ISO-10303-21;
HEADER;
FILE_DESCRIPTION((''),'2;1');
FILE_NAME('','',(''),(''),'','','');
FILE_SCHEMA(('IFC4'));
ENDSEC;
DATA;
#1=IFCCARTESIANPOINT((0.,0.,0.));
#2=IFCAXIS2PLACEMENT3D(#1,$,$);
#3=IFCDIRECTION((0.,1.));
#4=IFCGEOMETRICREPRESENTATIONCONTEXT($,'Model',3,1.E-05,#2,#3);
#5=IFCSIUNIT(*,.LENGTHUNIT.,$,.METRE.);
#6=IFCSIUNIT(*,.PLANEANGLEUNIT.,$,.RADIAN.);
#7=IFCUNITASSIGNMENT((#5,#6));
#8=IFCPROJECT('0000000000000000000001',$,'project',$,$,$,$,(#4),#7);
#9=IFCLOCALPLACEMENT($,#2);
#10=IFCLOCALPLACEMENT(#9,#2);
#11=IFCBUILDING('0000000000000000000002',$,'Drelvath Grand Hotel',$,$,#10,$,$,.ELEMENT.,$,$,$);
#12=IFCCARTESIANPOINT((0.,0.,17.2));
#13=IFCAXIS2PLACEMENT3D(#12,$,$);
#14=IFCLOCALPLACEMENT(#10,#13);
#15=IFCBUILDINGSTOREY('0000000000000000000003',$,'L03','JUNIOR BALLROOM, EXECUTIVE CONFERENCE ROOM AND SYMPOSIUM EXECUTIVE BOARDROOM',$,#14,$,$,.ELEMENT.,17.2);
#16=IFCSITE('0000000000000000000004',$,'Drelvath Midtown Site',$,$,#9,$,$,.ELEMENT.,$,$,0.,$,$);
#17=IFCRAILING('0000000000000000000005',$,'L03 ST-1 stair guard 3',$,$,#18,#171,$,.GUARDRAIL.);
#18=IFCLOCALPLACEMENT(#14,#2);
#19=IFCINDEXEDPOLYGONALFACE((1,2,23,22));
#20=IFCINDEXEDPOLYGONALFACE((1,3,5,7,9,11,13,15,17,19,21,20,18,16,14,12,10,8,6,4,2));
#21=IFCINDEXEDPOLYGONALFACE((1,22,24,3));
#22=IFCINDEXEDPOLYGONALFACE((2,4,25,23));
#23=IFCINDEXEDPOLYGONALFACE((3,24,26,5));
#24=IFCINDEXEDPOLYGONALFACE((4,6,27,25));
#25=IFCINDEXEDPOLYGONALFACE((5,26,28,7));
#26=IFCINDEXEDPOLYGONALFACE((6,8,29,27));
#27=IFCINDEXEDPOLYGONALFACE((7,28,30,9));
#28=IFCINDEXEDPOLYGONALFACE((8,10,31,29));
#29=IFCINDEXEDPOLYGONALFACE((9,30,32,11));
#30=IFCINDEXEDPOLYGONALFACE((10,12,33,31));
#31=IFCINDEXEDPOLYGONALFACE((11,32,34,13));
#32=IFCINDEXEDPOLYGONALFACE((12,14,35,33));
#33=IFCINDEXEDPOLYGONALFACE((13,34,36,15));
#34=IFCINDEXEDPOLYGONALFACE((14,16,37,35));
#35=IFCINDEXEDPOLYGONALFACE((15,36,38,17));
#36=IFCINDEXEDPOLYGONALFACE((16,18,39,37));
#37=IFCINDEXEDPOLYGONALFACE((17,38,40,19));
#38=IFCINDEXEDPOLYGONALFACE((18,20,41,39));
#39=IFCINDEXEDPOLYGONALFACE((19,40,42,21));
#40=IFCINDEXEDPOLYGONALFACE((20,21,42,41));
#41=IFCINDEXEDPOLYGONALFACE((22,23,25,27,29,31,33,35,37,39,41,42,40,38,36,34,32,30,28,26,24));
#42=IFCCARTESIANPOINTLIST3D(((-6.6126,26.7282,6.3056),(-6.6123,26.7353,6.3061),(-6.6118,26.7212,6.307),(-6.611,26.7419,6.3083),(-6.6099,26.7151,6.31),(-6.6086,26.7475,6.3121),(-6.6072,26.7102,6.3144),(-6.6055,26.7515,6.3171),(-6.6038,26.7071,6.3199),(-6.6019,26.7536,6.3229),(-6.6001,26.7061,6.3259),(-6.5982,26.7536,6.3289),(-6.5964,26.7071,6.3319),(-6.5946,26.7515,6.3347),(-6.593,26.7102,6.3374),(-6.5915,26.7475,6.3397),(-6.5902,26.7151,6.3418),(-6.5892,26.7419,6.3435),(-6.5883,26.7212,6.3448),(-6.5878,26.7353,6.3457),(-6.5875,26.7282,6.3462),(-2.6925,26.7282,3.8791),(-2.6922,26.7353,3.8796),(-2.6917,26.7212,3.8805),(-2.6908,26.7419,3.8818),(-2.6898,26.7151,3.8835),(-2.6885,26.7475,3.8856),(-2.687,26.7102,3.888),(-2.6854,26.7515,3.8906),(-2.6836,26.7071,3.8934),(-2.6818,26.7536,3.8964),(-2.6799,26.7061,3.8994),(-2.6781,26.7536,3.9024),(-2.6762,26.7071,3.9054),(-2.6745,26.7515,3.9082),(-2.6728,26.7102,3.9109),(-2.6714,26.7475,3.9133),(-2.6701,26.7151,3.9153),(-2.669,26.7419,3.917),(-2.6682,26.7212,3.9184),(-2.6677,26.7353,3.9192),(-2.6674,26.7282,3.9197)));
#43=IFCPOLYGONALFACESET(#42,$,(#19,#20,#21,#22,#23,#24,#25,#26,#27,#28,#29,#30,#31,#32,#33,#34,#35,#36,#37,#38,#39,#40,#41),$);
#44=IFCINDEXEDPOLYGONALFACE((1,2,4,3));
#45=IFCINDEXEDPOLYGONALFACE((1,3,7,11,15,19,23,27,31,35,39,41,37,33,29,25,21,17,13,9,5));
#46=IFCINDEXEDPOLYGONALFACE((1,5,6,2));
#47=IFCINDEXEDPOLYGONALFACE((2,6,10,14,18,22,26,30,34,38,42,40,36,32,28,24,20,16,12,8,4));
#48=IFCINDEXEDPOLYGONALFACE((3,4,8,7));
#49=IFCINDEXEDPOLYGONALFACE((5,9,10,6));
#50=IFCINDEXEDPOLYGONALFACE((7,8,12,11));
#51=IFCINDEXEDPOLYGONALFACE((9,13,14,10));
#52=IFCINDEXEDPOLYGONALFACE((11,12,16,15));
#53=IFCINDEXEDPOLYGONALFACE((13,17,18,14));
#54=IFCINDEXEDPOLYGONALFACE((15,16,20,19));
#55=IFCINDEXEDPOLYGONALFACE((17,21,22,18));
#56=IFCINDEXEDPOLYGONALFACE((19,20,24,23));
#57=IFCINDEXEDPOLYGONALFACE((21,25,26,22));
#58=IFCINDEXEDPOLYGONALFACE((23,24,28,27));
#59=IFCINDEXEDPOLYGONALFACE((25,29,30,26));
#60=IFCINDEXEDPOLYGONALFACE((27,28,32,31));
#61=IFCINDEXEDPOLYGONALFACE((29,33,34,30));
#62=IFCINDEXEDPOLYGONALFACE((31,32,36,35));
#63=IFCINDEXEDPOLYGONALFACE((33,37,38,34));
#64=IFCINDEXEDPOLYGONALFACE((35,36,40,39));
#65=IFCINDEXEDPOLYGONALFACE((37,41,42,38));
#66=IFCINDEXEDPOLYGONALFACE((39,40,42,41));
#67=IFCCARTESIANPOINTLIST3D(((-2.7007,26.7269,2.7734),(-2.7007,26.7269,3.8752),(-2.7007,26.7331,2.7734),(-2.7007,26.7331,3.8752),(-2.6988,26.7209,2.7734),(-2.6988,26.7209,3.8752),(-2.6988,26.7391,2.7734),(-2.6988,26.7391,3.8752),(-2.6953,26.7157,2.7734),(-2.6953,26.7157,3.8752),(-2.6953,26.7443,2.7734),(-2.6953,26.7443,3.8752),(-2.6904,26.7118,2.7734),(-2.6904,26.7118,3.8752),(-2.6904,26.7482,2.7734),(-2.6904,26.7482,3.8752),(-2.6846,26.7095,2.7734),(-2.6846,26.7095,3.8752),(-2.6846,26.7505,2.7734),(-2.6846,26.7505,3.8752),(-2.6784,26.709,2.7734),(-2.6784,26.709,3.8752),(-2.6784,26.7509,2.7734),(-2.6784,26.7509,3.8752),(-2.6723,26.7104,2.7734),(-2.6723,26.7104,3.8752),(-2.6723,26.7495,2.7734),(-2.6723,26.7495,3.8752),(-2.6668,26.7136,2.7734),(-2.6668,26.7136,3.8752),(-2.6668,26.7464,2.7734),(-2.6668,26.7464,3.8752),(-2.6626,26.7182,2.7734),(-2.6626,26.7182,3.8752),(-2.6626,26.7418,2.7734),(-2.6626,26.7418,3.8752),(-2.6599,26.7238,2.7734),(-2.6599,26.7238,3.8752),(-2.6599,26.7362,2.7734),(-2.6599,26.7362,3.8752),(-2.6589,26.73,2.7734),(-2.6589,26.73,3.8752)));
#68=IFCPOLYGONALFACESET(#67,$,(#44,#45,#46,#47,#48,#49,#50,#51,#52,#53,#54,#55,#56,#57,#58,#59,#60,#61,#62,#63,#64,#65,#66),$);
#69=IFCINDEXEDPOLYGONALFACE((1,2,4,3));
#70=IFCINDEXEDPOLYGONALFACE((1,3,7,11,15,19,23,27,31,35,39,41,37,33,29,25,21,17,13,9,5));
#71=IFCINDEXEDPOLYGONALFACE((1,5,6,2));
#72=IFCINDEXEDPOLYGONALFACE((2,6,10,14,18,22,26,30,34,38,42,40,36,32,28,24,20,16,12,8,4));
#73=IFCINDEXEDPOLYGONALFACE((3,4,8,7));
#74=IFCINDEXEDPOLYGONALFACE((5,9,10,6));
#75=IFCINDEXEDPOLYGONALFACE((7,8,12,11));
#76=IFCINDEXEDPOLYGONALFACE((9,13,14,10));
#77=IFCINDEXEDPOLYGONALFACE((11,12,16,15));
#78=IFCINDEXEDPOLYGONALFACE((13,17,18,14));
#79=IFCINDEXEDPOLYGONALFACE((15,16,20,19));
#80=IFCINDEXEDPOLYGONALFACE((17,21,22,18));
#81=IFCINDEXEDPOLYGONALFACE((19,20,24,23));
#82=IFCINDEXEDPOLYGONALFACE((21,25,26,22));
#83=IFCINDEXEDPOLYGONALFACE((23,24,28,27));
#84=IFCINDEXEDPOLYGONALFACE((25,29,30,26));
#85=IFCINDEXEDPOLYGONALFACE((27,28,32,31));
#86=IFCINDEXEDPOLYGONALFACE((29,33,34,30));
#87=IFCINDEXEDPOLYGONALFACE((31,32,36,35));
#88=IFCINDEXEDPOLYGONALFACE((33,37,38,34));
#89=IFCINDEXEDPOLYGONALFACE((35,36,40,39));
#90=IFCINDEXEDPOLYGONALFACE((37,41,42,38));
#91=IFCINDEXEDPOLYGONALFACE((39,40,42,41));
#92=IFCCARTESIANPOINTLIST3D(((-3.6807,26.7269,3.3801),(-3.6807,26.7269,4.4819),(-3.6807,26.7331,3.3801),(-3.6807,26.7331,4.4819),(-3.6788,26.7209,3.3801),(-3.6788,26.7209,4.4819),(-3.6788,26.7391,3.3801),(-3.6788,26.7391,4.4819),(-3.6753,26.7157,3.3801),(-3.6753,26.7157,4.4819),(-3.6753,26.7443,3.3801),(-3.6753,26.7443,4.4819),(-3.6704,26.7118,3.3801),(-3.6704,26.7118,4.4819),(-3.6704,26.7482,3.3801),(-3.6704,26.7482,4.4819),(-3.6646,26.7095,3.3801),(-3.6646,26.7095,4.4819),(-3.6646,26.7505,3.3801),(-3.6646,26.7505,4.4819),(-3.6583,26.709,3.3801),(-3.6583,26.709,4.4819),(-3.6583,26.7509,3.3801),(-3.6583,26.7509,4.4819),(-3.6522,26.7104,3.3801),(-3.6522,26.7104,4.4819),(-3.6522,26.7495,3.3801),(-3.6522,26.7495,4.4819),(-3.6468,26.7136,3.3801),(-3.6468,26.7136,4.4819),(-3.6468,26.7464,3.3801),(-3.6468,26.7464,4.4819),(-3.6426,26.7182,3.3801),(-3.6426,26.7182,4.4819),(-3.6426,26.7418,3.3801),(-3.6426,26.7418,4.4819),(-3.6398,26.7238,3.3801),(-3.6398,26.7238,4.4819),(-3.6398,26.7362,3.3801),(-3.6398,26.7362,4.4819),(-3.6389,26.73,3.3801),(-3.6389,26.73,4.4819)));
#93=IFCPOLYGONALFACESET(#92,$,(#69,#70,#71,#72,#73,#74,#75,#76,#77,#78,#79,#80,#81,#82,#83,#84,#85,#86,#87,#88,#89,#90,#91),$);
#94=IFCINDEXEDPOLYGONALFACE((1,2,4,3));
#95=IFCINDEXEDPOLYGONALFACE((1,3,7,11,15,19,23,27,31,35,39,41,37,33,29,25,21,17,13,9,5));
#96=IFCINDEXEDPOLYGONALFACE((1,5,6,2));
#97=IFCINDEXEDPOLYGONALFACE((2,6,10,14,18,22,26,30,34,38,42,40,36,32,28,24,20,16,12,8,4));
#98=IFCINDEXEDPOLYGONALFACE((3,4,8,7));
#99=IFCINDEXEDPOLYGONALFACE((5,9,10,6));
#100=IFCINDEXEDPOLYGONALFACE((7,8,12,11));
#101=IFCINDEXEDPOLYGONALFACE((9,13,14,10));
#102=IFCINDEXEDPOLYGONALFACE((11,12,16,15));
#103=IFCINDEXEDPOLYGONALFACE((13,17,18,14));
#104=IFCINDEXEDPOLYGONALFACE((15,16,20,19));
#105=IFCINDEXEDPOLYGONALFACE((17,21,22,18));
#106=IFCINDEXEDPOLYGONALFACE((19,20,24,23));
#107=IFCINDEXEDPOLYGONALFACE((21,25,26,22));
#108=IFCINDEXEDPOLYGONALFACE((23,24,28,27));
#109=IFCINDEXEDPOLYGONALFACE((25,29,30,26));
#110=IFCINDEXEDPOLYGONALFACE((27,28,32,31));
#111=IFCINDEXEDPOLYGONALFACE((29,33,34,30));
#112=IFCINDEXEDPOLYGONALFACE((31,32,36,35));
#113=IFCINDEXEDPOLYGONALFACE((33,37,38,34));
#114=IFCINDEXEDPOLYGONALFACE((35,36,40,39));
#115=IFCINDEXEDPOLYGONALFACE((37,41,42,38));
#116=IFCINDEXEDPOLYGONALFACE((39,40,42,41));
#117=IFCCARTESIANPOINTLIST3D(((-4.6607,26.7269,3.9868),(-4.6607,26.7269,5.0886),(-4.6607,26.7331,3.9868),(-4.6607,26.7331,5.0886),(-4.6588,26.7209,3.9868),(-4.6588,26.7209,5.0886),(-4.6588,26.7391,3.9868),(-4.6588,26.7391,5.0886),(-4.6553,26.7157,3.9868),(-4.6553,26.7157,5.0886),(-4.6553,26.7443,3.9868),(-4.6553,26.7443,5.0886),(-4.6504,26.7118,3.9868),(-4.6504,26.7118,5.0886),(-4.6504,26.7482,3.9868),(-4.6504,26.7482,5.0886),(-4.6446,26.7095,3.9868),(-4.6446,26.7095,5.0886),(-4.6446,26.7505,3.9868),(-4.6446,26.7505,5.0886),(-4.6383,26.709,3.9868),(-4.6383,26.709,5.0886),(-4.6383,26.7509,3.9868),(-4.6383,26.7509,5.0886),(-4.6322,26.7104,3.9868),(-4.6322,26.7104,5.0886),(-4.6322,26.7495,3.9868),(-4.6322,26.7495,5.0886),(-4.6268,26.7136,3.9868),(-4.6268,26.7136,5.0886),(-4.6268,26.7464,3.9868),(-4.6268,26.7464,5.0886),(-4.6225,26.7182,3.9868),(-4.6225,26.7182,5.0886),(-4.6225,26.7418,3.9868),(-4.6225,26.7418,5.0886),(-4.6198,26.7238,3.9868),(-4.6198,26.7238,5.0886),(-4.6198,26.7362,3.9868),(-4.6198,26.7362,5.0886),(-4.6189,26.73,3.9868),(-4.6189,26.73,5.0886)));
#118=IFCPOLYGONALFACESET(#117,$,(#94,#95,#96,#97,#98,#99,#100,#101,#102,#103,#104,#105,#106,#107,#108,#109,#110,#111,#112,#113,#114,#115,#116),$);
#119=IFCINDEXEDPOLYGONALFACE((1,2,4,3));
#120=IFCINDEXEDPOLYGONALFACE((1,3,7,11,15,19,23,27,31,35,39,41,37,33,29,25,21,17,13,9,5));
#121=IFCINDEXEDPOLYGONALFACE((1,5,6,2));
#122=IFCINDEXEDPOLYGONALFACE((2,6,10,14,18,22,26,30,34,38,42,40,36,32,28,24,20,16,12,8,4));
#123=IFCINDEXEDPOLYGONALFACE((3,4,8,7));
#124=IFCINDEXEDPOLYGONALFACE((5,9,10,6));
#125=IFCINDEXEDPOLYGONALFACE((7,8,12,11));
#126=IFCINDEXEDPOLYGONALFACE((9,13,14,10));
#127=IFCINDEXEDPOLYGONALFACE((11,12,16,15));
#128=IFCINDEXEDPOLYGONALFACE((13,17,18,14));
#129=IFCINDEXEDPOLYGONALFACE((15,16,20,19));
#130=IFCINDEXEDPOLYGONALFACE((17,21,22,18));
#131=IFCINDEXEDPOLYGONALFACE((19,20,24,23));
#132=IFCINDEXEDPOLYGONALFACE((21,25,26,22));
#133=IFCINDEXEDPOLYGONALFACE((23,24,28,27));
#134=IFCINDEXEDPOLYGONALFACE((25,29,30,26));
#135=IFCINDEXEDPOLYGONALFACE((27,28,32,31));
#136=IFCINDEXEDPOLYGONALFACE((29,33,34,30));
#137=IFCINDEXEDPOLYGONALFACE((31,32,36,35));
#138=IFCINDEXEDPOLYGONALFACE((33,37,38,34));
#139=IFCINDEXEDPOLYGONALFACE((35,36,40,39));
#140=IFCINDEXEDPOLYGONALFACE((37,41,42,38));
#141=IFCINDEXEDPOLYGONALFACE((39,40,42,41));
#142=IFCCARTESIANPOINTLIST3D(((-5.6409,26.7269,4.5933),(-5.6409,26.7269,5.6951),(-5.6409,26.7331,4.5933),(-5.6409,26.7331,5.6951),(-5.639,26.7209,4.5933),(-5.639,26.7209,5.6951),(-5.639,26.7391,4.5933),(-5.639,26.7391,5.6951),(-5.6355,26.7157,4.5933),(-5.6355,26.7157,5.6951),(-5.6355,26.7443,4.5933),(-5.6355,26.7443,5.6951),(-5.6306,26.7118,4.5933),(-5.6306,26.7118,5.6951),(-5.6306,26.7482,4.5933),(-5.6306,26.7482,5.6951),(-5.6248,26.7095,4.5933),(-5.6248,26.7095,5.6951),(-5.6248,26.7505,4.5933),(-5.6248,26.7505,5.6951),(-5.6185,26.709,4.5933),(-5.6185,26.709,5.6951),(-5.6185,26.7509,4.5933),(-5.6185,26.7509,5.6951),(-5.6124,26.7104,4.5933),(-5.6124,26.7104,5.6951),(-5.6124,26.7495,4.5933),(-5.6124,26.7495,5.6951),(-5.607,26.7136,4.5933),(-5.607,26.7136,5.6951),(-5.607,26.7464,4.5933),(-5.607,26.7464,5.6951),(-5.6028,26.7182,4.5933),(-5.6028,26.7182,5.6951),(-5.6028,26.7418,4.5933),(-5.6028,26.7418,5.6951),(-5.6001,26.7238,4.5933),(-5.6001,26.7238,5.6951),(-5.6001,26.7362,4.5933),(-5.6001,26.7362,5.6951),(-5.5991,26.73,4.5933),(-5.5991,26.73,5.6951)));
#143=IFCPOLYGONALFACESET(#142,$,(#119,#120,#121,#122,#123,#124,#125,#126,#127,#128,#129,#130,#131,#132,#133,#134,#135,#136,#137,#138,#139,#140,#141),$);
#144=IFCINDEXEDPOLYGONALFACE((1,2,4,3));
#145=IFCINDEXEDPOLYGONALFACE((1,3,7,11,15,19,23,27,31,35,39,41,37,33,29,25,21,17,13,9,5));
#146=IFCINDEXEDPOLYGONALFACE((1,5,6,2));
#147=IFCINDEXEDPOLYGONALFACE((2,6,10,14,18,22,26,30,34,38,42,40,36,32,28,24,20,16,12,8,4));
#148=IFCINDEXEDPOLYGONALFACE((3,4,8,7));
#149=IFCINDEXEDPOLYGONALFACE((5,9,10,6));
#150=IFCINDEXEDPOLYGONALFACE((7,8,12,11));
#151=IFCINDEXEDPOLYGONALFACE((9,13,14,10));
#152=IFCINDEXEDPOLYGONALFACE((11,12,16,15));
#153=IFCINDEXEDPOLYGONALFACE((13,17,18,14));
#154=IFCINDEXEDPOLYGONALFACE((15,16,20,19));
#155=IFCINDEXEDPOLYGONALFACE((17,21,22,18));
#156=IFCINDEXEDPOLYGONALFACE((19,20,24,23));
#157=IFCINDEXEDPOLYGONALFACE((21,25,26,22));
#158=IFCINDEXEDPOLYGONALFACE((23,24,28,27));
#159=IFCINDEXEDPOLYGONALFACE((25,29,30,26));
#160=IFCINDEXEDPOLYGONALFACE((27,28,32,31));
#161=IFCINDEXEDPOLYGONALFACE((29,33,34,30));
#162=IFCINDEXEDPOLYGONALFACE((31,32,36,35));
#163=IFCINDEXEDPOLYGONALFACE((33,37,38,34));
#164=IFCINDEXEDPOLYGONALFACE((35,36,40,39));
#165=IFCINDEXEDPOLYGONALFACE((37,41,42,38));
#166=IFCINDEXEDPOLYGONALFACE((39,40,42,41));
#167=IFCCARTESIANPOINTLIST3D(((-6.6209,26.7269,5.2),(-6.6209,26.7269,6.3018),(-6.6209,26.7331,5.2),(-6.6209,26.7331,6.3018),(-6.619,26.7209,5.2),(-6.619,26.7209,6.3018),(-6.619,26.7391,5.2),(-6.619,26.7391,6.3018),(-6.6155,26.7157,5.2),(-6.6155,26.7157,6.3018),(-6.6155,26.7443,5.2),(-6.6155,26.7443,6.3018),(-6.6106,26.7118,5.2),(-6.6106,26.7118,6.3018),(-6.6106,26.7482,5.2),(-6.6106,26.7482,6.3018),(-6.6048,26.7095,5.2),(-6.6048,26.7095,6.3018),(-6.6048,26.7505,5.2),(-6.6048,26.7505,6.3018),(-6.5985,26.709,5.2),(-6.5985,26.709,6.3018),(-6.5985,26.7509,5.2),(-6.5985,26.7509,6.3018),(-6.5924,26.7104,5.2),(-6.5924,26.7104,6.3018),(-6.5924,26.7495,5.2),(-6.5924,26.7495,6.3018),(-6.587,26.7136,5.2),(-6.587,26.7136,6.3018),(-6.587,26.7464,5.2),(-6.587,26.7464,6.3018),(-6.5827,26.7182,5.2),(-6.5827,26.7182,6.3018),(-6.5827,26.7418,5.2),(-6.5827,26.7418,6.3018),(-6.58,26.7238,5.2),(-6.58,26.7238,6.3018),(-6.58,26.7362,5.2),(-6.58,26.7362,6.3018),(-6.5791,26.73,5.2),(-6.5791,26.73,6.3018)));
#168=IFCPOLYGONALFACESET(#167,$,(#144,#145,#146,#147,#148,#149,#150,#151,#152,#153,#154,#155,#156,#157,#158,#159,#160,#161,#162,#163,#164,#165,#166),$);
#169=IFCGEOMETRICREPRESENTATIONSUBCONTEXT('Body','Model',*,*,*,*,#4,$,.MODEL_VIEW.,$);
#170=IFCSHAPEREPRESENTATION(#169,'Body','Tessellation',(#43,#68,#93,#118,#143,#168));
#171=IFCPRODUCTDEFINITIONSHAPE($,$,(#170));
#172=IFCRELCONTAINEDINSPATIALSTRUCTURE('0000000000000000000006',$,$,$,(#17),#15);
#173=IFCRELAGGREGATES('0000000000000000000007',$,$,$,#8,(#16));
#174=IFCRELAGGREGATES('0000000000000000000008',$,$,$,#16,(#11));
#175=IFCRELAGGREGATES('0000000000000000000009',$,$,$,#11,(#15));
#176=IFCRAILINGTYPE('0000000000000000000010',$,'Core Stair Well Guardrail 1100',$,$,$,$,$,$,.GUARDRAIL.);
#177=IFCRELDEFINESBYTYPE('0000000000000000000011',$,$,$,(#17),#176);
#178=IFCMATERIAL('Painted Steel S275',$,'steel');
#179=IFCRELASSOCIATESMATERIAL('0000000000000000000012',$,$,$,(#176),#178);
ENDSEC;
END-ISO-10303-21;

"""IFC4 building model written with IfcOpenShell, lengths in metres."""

from ifc_helpers import new_model, si_unit, direction, frame, origin, origin_2d, place, context, subcontext, project, spatial, circle, extrude, material, type_object, element, save


model = new_model("IFC4")

# Units and contexts
model_context = context("Model", 3, precision=1e-05, world=origin(), true_north=direction((0.0, 1.0)))
body_context = subcontext(model_context, "Body", "Model", "MODEL_VIEW")
ifc_project = project(units=[si_unit("LENGTHUNIT", "METRE"), si_unit("PLANEANGLEUNIT", "RADIAN")], contexts=[model_context])

# Site, building, storey
site_placement = place(None, origin())
site = spatial("IfcSite", under=ifc_project, at=site_placement, Name="Drelvath Midtown Site", CompositionType="ELEMENT", RefElevation=0.0)
building_placement = place(site_placement, origin())
building = spatial("IfcBuilding", under=site, at=building_placement, Name="Drelvath Grand Hotel", CompositionType="ELEMENT")
storey_placement = place(building_placement, frame((0.0, 0.0, 17.2)))
storey = spatial("IfcBuildingStorey", under=building, at=storey_placement, Name="L03", Description="JUNIOR BALLROOM, EXECUTIVE CONFERENCE ROOM AND SYMPOSIUM EXECUTIVE BOARDROOM", CompositionType="ELEMENT", Elevation=17.2)

# Shared definitions
ifc_material_1 = material(Name="Painted Steel S275", Category="steel")

# Railing
railing_type_1 = type_object("IfcRailingType", Name="Core Stair Well Guardrail 1100", PredefinedType="GUARDRAIL", material=ifc_material_1)
railing_1_placement = place(storey_placement, frame((-2.6799, 26.73, 2.7734)))
element("IfcRailing", 1, at=railing_1_placement, inside=storey, type_object=railing_type_1, Name="L03 ST-1 stair guard 3", PredefinedType="GUARDRAIL", context=body_context, shape_type="SweptSolid", body=[
    extrude(circle(Radius=0.0239, at=origin_2d()), frame((0.0, 0.0, 1.126), z_axis=(-0.85029, 0.0, 0.526315), x_axis=(0.0, -1.0, 0.0)), (0.0, 0.0, 1.0), 4.6104),
    extrude(circle(Radius=0.021, at=origin_2d()), origin(), (0.0, 0.0, 1.0), 1.1018),
    extrude(circle(Radius=0.021, at=origin_2d()), frame((-0.98, 0.0, 0.6067)), (0.0, 0.0, 1.0), 1.1018),
    extrude(circle(Radius=0.021, at=origin_2d()), frame((-1.96, 0.0, 1.2134)), (0.0, 0.0, 1.0), 1.1018),
    extrude(circle(Radius=0.021, at=origin_2d()), frame((-2.9402, 0.0, 1.8198)), (0.0, 0.0, 1.0), 1.1018),
    extrude(circle(Radius=0.021, at=origin_2d()), frame((-3.9202, 0.0, 2.4265)), (0.0, 0.0, 1.0), 1.1018),
])

save(model, "model.ifc")
